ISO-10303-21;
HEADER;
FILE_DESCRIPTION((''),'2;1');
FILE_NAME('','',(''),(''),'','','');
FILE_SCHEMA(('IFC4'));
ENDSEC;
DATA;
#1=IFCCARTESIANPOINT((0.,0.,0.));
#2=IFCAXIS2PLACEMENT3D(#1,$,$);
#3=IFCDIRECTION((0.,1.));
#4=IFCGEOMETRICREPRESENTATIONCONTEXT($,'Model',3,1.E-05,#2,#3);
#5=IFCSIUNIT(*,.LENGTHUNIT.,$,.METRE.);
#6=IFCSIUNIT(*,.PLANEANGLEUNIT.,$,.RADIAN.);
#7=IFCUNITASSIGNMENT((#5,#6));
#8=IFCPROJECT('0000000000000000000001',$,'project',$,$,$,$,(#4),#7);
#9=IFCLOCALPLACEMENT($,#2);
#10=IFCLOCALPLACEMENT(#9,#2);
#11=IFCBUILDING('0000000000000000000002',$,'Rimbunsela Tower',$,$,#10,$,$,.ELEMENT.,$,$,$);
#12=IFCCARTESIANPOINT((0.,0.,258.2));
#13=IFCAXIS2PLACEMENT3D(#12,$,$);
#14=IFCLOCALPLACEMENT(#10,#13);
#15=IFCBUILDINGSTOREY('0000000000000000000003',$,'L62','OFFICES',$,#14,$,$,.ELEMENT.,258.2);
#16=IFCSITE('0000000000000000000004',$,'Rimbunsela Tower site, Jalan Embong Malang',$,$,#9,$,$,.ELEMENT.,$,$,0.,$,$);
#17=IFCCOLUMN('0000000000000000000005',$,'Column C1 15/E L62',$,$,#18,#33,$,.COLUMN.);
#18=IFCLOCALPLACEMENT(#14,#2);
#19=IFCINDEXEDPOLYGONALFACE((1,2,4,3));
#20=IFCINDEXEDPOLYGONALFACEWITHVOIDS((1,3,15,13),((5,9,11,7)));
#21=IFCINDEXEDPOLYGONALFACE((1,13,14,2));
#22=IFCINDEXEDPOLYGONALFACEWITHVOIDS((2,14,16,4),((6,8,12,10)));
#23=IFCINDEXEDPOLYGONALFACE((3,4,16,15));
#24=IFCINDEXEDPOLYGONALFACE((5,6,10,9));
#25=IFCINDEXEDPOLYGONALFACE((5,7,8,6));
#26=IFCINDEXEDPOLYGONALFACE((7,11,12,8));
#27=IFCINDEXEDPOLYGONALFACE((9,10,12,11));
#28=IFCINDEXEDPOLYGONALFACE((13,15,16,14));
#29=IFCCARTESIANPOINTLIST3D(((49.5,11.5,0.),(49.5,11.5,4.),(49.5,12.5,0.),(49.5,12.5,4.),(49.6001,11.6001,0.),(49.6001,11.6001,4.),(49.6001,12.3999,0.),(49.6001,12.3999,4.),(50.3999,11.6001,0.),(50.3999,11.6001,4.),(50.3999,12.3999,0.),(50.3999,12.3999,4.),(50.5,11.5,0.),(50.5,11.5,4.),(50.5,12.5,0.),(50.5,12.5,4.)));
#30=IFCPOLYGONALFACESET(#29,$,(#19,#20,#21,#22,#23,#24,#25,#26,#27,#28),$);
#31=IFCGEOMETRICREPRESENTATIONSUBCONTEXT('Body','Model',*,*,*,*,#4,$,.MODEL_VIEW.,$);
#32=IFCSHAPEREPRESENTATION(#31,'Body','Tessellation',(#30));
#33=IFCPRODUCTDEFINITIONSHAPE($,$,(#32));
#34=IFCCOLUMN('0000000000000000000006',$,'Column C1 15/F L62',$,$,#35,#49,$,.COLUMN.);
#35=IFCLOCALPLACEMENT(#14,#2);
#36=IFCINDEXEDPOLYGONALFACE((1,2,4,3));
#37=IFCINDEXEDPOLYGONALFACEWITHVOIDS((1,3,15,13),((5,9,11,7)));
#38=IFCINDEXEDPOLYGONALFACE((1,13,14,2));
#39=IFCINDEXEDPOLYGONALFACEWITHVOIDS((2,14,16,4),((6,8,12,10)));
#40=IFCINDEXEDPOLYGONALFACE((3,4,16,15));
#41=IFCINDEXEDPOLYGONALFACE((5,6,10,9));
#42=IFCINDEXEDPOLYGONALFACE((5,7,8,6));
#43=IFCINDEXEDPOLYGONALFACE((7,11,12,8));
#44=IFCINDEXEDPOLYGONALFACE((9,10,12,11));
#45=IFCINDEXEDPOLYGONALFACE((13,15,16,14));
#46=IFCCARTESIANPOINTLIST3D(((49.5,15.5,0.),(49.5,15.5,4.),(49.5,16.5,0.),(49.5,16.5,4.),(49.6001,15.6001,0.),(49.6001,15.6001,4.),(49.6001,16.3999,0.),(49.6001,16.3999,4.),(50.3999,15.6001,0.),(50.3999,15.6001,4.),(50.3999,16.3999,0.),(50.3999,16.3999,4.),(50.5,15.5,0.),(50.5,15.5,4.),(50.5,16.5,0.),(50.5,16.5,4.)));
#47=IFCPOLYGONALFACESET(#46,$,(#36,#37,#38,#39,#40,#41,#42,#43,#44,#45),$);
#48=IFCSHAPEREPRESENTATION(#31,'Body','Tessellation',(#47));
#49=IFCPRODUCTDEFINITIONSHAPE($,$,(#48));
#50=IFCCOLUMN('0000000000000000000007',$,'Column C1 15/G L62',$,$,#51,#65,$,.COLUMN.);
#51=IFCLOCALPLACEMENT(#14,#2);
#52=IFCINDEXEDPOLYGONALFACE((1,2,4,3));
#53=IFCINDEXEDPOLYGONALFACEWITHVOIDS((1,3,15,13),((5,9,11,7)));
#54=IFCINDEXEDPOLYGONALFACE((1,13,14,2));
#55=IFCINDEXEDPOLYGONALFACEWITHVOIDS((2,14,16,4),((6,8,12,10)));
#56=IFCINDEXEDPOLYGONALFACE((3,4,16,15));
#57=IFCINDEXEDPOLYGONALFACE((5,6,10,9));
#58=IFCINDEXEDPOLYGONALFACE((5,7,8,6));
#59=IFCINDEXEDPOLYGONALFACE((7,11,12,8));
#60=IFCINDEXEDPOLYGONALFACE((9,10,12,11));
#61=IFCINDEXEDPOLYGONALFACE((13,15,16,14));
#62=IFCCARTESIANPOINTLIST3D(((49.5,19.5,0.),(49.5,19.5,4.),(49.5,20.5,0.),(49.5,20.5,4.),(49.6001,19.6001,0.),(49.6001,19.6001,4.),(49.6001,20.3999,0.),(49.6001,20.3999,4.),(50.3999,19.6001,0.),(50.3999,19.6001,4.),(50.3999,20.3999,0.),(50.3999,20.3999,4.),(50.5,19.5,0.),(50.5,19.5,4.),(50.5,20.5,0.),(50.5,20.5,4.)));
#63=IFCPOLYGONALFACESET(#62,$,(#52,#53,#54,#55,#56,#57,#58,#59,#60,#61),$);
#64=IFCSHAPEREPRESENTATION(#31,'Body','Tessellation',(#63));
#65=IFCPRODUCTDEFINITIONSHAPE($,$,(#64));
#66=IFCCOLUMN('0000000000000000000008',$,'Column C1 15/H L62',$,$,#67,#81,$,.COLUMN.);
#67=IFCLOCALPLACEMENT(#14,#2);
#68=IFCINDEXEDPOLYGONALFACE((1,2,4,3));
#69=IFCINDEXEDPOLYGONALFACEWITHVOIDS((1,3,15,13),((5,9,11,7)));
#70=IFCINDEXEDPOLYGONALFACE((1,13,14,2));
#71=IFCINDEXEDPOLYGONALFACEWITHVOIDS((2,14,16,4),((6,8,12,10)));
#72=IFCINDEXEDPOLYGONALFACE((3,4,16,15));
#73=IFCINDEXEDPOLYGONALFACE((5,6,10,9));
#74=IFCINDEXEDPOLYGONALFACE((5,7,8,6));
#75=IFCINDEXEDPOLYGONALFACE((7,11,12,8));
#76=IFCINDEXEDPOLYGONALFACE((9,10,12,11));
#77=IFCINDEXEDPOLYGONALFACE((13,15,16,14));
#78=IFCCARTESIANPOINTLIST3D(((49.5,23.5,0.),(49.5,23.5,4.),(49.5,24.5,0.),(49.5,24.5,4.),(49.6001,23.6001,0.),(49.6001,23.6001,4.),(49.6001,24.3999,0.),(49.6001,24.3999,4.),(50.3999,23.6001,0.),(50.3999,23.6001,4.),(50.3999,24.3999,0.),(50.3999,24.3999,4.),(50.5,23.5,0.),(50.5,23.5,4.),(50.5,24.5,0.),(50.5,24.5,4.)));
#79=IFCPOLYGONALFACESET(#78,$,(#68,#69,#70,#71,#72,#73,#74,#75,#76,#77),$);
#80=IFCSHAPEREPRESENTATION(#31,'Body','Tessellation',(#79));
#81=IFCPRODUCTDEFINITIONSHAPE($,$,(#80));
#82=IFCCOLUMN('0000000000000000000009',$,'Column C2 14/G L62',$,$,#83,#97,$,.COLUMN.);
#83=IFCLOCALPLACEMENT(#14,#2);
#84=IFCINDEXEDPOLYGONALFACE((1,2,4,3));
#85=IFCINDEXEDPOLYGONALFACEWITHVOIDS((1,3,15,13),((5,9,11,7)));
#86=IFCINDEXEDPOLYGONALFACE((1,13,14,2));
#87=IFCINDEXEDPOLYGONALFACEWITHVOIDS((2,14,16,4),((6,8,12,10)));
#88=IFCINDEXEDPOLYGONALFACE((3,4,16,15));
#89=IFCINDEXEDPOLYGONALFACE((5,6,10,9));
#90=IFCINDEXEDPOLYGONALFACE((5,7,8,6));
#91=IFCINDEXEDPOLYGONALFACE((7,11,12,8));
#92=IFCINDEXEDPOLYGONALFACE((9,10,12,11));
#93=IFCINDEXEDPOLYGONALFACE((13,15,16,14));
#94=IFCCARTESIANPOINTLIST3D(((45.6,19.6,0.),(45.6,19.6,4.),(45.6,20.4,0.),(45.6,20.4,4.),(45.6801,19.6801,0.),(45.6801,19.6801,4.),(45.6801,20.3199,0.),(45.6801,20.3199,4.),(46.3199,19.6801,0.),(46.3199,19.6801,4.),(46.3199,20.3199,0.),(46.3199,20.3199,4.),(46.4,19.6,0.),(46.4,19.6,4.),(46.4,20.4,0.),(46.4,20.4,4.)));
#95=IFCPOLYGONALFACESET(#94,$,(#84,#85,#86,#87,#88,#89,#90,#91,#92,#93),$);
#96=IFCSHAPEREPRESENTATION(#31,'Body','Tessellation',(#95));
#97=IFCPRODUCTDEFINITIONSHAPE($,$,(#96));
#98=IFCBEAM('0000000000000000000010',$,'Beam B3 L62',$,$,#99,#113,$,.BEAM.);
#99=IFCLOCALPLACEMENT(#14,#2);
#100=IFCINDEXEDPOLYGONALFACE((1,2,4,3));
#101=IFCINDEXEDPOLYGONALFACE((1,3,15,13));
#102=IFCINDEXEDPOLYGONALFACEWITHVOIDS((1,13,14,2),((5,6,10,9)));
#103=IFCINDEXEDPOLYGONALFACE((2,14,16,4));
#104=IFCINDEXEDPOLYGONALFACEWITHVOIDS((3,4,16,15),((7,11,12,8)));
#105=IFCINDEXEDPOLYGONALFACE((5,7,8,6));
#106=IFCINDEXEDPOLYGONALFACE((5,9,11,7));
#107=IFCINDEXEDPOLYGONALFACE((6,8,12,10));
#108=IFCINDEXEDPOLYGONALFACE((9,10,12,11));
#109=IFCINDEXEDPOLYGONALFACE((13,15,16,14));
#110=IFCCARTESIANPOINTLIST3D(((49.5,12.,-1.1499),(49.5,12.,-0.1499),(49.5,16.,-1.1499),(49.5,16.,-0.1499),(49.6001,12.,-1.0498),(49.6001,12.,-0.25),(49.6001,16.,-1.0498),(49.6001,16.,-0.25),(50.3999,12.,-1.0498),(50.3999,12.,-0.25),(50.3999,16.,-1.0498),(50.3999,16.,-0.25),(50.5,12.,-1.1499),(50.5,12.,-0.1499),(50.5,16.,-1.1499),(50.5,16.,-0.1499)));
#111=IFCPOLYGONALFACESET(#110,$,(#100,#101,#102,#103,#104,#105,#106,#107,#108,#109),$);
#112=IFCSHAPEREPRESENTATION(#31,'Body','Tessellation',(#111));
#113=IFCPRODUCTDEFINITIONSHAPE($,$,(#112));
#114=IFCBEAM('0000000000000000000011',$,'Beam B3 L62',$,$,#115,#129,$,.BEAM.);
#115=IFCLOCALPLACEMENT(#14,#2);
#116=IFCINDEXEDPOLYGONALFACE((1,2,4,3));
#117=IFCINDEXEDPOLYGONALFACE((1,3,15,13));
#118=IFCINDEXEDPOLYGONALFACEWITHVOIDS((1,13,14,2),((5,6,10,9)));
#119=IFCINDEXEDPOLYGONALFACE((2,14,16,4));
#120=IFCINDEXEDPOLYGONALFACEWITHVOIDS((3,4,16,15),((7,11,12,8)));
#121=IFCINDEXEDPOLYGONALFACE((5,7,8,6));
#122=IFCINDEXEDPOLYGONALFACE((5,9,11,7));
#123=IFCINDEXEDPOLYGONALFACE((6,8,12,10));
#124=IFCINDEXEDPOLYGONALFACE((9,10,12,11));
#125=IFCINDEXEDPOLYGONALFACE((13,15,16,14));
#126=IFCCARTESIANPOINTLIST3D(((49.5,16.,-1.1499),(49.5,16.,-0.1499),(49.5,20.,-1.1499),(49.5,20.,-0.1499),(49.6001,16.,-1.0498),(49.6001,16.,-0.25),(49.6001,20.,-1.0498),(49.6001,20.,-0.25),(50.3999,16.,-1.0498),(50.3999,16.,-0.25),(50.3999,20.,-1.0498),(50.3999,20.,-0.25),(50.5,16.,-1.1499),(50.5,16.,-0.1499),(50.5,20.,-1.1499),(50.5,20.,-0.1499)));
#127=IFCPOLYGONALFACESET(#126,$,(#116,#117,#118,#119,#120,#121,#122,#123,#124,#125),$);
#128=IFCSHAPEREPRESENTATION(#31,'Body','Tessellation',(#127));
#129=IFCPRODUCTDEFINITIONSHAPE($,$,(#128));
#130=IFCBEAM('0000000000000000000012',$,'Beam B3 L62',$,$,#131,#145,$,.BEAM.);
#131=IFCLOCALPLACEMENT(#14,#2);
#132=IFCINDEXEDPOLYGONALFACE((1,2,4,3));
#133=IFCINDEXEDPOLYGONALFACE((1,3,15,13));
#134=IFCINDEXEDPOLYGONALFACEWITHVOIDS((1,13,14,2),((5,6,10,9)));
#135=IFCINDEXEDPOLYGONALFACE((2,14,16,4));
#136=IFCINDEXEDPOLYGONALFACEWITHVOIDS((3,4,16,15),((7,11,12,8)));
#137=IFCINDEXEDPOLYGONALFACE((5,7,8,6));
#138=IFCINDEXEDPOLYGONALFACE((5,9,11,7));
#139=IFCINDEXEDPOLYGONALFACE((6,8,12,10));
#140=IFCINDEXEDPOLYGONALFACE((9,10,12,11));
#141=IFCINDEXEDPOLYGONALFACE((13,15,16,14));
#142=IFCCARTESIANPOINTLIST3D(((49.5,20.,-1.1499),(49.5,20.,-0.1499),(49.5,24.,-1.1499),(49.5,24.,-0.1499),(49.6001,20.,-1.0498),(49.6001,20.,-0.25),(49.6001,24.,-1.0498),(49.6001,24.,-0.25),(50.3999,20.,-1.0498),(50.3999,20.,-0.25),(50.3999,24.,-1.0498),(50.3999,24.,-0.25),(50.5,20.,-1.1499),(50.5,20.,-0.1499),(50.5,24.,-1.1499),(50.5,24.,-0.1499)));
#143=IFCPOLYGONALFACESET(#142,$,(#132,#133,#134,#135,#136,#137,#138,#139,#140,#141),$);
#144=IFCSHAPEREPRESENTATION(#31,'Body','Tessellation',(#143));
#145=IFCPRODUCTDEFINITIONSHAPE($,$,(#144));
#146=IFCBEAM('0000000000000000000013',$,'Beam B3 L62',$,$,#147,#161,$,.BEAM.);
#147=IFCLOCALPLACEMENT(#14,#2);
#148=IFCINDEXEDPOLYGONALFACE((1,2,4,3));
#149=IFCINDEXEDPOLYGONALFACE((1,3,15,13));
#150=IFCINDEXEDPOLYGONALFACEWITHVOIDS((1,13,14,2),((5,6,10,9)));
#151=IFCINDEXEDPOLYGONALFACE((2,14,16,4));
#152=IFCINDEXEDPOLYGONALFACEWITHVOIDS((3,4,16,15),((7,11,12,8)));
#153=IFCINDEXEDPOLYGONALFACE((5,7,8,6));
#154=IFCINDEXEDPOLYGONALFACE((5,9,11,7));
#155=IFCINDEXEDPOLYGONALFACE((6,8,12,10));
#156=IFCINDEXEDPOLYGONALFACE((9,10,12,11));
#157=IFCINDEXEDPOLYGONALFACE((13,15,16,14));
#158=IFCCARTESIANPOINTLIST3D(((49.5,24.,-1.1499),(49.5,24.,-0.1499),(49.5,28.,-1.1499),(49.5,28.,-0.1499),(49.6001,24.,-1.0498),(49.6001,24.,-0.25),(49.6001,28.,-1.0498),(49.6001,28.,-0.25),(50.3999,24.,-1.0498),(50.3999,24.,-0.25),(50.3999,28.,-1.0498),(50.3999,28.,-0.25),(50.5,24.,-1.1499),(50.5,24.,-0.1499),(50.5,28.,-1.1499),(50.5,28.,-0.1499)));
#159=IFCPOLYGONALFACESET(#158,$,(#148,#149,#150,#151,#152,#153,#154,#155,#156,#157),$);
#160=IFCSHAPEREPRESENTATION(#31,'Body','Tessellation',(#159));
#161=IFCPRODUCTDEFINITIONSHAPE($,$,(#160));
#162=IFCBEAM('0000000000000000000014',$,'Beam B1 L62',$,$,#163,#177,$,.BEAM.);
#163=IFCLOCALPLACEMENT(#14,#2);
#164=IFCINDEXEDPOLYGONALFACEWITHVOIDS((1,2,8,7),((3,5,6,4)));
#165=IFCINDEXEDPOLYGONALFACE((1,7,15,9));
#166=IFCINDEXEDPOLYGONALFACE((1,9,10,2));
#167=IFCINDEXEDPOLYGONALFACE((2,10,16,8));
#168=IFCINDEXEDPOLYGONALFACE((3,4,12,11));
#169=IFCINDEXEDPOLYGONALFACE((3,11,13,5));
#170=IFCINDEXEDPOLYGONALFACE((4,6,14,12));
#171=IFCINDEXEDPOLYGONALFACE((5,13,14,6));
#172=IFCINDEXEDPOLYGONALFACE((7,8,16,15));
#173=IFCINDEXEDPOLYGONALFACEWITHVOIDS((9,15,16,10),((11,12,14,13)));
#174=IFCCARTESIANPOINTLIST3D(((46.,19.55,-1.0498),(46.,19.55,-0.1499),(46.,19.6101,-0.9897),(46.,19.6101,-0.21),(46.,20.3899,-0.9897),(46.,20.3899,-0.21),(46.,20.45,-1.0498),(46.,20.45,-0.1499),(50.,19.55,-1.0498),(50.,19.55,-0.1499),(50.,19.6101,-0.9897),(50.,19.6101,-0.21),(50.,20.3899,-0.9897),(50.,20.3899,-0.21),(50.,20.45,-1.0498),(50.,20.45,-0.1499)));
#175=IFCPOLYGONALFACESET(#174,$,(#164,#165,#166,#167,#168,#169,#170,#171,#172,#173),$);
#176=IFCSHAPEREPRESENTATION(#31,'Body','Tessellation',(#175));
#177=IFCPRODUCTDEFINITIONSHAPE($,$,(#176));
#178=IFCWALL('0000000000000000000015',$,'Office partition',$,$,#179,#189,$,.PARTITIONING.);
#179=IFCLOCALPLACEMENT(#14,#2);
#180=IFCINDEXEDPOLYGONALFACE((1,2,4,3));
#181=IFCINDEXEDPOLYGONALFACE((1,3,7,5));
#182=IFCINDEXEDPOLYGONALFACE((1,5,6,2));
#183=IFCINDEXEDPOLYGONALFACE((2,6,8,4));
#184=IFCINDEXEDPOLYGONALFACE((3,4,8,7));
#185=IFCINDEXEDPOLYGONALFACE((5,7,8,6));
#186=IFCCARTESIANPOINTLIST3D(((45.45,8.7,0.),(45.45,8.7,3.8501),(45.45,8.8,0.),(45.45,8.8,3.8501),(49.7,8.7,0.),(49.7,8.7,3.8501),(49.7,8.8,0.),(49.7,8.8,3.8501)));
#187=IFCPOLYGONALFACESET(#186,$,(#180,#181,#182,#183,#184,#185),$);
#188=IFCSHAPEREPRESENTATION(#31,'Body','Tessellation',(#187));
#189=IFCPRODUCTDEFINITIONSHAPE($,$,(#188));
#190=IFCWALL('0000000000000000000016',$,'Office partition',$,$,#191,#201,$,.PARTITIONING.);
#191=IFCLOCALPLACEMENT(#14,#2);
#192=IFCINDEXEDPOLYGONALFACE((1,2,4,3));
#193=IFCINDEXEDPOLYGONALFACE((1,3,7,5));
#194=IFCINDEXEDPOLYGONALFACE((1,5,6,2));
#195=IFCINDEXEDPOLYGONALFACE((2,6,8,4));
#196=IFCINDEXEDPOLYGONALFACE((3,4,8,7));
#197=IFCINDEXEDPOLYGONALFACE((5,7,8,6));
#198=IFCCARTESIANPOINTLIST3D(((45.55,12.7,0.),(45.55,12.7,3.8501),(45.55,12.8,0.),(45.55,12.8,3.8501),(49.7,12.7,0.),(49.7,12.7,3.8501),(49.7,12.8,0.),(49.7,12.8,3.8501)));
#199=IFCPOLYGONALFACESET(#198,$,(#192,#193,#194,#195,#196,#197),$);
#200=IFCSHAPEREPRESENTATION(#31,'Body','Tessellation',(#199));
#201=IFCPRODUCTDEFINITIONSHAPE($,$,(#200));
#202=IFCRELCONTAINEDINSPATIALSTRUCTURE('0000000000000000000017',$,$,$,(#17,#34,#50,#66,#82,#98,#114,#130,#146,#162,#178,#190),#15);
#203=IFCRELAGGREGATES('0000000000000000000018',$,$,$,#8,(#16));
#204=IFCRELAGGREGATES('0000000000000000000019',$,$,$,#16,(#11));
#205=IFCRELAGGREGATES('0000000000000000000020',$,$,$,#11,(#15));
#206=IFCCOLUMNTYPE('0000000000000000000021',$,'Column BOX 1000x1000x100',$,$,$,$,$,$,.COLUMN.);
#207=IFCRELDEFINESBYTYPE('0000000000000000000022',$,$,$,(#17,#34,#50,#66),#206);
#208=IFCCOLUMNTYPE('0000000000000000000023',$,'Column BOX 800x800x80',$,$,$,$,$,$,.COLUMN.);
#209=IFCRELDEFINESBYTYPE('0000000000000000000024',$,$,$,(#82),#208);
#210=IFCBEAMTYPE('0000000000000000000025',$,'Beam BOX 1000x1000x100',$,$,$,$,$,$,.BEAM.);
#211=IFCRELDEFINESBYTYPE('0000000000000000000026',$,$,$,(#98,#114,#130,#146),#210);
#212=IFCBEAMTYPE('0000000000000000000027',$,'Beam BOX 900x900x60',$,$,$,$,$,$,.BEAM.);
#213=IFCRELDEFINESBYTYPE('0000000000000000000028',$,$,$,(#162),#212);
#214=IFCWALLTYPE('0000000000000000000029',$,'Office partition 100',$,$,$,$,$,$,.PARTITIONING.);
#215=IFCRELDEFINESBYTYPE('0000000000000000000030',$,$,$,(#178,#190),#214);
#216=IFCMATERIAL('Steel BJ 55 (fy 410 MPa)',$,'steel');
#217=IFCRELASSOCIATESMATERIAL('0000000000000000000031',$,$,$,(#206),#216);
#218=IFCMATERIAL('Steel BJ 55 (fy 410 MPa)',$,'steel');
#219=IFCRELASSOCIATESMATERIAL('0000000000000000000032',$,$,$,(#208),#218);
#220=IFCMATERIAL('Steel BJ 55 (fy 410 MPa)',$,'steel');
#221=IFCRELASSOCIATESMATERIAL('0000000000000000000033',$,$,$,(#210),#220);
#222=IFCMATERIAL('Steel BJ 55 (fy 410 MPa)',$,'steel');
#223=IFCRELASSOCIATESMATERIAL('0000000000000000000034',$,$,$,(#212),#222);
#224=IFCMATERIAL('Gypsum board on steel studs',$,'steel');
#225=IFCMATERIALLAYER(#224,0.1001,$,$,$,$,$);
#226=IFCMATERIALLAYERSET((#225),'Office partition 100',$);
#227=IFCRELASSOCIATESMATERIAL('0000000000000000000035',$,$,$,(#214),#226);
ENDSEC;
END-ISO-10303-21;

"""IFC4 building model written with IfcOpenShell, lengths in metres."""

from ifc_helpers import new_model, si_unit, direction, frame, frame_2d, origin, origin_2d, place, context, subcontext, project, spatial, rectangle, hollow_rectangle, extrude, material, layer, layer_set, material_profile, profile_set, type_object, element, save


model = new_model("IFC4")

# Units and contexts
model_context = context("Model", 3, precision=1e-05, world=origin(), true_north=direction((0.0, 1.0)))
body_context = subcontext(model_context, "Body", "Model", "MODEL_VIEW")
ifc_project = project(units=[si_unit("LENGTHUNIT", "METRE"), si_unit("PLANEANGLEUNIT", "RADIAN")], contexts=[model_context])

# Site, building, storey
site_placement = place(None, origin())
site = spatial("IfcSite", under=ifc_project, at=site_placement, Name="Rimbunsela Tower site, Jalan Embong Malang", CompositionType="ELEMENT", RefElevation=0.0)
building_placement = place(site_placement, origin())
building = spatial("IfcBuilding", under=site, at=building_placement, Name="Rimbunsela Tower", CompositionType="ELEMENT")
storey_placement = place(building_placement, frame((0.0, 0.0, 258.2)))
storey = spatial("IfcBuildingStorey", under=building, at=storey_placement, Name="L62", Description="OFFICES", CompositionType="ELEMENT", Elevation=258.2)

# Columns
ifc_material_1 = material(Name="Steel BJ 55 (fy 410 MPa)", Category="steel")
ifc_material_profile_1 = material_profile(ifc_material_1, hollow_rectangle(XDim=1.0, YDim=1.0, WallThickness=0.1001, at=origin_2d()), Name="BOX 1000x1000x100")
ifc_profile_set_1 = profile_set([ifc_material_profile_1], Name="Steel BJ 55 (fy 410 MPa)")
column_type_1 = type_object("IfcColumnType", Name="Column BOX 1000x1000x100", PredefinedType="COLUMN", material=ifc_profile_set_1)
for number, where, z_axis, x_axis, name in (
    (1, (50.0, 12.0, 0.0), (0.0, 0.0, 1.0), (1.0, 0.0, 0.0), "Column C1 15/E L62"),
    (2, (50.0, 16.0, 0.0), (0.0, 0.0, 1.0), (1.0, 0.0, 0.0), "Column C1 15/F L62"),
    (3, (50.0, 20.0, 0.0), (0.0, 0.0, 1.0), (1.0, 0.0, 0.0), "Column C1 15/G L62"),
    (4, (50.0, 24.0, 0.0), (0.0, 0.0, 1.0), (1.0, 0.0, 0.0), "Column C1 15/H L62"),
):
    element("IfcColumn", number, at=place(storey_placement, frame(where, z_axis=z_axis, x_axis=x_axis)), inside=storey, type_object=column_type_1, Name=name, PredefinedType="COLUMN", context=body_context, shape_type="SweptSolid", body=[
        extrude(hollow_rectangle(XDim=1.0, YDim=1.0, WallThickness=0.1001, at=origin_2d()), origin(), (0.0, 0.0, 1.0), 4.0),
    ])
ifc_material_2 = material(Name="Steel BJ 55 (fy 410 MPa)", Category="steel")
ifc_material_profile_2 = material_profile(ifc_material_2, hollow_rectangle(XDim=0.8, YDim=0.8, WallThickness=0.0801, at=origin_2d()), Name="BOX 800x800x80")
ifc_profile_set_2 = profile_set([ifc_material_profile_2], Name="Steel BJ 55 (fy 410 MPa)")
column_type_2 = type_object("IfcColumnType", Name="Column BOX 800x800x80", PredefinedType="COLUMN", material=ifc_profile_set_2)
column_placement = place(storey_placement, frame((46.0, 20.0, 0.0), z_axis=(0.0, 0.0, 1.0), x_axis=(1.0, 0.0, 0.0)))
element("IfcColumn", 5, at=column_placement, inside=storey, type_object=column_type_2, Name="Column C2 14/G L62", PredefinedType="COLUMN", context=body_context, shape_type="SweptSolid", body=[
    extrude(hollow_rectangle(XDim=0.8, YDim=0.8, WallThickness=0.0801, at=origin_2d()), origin(), (0.0, 0.0, 1.0), 4.0),
])

# Beams
ifc_material_3 = material(Name="Steel BJ 55 (fy 410 MPa)", Category="steel")
ifc_material_profile_3 = material_profile(ifc_material_3, hollow_rectangle(XDim=1.0, YDim=1.0, WallThickness=0.1001, at=origin_2d()), Name="BOX 1000x1000x100")
ifc_profile_set_3 = profile_set([ifc_material_profile_3], Name="Steel BJ 55 (fy 410 MPa)")
beam_type_1 = type_object("IfcBeamType", Name="Beam BOX 1000x1000x100", PredefinedType="BEAM", material=ifc_profile_set_3)
for number, where, z_axis, x_axis, name in (
    (6, (50.0, 12.0, -0.6499), (0.0, 1.0, 0.0), (-1.0, 0.0, 0.0), "Beam B3 L62"),
    (7, (50.0, 16.0, -0.6499), (0.0, 1.0, 0.0), (-1.0, 0.0, 0.0), "Beam B3 L62"),
    (8, (50.0, 20.0, -0.6499), (0.0, 1.0, 0.0), (-1.0, 0.0, 0.0), "Beam B3 L62"),
    (9, (50.0, 24.0, -0.6499), (0.0, 1.0, 0.0), (-1.0, 0.0, 0.0), "Beam B3 L62"),
):
    element("IfcBeam", number, at=place(storey_placement, frame(where, z_axis=z_axis, x_axis=x_axis)), inside=storey, type_object=beam_type_1, Name=name, PredefinedType="BEAM", context=body_context, shape_type="SweptSolid", body=[
        extrude(hollow_rectangle(XDim=1.0, YDim=1.0, WallThickness=0.1001, at=origin_2d()), origin(), (0.0, 0.0, 1.0), 4.0),
    ])
ifc_material_4 = material(Name="Steel BJ 55 (fy 410 MPa)", Category="steel")
ifc_material_profile_4 = material_profile(ifc_material_4, hollow_rectangle(XDim=0.8999, YDim=0.8999, WallThickness=0.0601, at=origin_2d()), Name="BOX 900x900x60")
ifc_profile_set_4 = profile_set([ifc_material_profile_4], Name="Steel BJ 55 (fy 410 MPa)")
beam_type_2 = type_object("IfcBeamType", Name="Beam BOX 900x900x60", PredefinedType="BEAM", material=ifc_profile_set_4)
beam_placement = place(storey_placement, frame((46.0, 20.0, -0.5999), z_axis=(1.0, 0.0, 0.0), x_axis=(0.0, 1.0, 0.0)))
element("IfcBeam", 10, at=beam_placement, inside=storey, type_object=beam_type_2, Name="Beam B1 L62", PredefinedType="BEAM", context=body_context, shape_type="SweptSolid", body=[
    extrude(hollow_rectangle(XDim=0.8999, YDim=0.8999, WallThickness=0.0601, at=origin_2d()), origin(), (0.0, 0.0, 1.0), 4.0),
])

# Walls
ifc_material_5 = material(Name="Gypsum board on steel studs", Category="steel")
ifc_layer_1 = layer(ifc_material_5, 0.1001)
ifc_layer_set_1 = layer_set([ifc_layer_1], Name="Office partition 100")
wall_type_1 = type_object("IfcWallType", Name="Office partition 100", PredefinedType="PARTITIONING", material=ifc_layer_set_1)
wall_1_placement = place(storey_placement, frame((45.45, 8.75, 0.0), z_axis=(0.0, 0.0, 1.0), x_axis=(1.0, 0.0, 0.0)))
element("IfcWall", 11, at=wall_1_placement, inside=storey, type_object=wall_type_1, Name="Office partition", PredefinedType="PARTITIONING", context=body_context, shape_type="SweptSolid", body=[
    extrude(rectangle(XDim=4.25, YDim=0.1001, at=frame_2d((2.125, 0.0))), origin(), (0.0, 0.0, 1.0), 3.8501),
])
wall_2_placement = place(storey_placement, frame((45.55, 12.75, 0.0), z_axis=(0.0, 0.0, 1.0), x_axis=(1.0, 0.0, 0.0)))
element("IfcWall", 12, at=wall_2_placement, inside=storey, type_object=wall_type_1, Name="Office partition", PredefinedType="PARTITIONING", context=body_context, shape_type="SweptSolid", body=[
    extrude(rectangle(XDim=4.1499, YDim=0.1001, at=frame_2d((2.075, 0.0))), origin(), (0.0, 0.0, 1.0), 3.8501),
])

save(model, "model.ifc")
